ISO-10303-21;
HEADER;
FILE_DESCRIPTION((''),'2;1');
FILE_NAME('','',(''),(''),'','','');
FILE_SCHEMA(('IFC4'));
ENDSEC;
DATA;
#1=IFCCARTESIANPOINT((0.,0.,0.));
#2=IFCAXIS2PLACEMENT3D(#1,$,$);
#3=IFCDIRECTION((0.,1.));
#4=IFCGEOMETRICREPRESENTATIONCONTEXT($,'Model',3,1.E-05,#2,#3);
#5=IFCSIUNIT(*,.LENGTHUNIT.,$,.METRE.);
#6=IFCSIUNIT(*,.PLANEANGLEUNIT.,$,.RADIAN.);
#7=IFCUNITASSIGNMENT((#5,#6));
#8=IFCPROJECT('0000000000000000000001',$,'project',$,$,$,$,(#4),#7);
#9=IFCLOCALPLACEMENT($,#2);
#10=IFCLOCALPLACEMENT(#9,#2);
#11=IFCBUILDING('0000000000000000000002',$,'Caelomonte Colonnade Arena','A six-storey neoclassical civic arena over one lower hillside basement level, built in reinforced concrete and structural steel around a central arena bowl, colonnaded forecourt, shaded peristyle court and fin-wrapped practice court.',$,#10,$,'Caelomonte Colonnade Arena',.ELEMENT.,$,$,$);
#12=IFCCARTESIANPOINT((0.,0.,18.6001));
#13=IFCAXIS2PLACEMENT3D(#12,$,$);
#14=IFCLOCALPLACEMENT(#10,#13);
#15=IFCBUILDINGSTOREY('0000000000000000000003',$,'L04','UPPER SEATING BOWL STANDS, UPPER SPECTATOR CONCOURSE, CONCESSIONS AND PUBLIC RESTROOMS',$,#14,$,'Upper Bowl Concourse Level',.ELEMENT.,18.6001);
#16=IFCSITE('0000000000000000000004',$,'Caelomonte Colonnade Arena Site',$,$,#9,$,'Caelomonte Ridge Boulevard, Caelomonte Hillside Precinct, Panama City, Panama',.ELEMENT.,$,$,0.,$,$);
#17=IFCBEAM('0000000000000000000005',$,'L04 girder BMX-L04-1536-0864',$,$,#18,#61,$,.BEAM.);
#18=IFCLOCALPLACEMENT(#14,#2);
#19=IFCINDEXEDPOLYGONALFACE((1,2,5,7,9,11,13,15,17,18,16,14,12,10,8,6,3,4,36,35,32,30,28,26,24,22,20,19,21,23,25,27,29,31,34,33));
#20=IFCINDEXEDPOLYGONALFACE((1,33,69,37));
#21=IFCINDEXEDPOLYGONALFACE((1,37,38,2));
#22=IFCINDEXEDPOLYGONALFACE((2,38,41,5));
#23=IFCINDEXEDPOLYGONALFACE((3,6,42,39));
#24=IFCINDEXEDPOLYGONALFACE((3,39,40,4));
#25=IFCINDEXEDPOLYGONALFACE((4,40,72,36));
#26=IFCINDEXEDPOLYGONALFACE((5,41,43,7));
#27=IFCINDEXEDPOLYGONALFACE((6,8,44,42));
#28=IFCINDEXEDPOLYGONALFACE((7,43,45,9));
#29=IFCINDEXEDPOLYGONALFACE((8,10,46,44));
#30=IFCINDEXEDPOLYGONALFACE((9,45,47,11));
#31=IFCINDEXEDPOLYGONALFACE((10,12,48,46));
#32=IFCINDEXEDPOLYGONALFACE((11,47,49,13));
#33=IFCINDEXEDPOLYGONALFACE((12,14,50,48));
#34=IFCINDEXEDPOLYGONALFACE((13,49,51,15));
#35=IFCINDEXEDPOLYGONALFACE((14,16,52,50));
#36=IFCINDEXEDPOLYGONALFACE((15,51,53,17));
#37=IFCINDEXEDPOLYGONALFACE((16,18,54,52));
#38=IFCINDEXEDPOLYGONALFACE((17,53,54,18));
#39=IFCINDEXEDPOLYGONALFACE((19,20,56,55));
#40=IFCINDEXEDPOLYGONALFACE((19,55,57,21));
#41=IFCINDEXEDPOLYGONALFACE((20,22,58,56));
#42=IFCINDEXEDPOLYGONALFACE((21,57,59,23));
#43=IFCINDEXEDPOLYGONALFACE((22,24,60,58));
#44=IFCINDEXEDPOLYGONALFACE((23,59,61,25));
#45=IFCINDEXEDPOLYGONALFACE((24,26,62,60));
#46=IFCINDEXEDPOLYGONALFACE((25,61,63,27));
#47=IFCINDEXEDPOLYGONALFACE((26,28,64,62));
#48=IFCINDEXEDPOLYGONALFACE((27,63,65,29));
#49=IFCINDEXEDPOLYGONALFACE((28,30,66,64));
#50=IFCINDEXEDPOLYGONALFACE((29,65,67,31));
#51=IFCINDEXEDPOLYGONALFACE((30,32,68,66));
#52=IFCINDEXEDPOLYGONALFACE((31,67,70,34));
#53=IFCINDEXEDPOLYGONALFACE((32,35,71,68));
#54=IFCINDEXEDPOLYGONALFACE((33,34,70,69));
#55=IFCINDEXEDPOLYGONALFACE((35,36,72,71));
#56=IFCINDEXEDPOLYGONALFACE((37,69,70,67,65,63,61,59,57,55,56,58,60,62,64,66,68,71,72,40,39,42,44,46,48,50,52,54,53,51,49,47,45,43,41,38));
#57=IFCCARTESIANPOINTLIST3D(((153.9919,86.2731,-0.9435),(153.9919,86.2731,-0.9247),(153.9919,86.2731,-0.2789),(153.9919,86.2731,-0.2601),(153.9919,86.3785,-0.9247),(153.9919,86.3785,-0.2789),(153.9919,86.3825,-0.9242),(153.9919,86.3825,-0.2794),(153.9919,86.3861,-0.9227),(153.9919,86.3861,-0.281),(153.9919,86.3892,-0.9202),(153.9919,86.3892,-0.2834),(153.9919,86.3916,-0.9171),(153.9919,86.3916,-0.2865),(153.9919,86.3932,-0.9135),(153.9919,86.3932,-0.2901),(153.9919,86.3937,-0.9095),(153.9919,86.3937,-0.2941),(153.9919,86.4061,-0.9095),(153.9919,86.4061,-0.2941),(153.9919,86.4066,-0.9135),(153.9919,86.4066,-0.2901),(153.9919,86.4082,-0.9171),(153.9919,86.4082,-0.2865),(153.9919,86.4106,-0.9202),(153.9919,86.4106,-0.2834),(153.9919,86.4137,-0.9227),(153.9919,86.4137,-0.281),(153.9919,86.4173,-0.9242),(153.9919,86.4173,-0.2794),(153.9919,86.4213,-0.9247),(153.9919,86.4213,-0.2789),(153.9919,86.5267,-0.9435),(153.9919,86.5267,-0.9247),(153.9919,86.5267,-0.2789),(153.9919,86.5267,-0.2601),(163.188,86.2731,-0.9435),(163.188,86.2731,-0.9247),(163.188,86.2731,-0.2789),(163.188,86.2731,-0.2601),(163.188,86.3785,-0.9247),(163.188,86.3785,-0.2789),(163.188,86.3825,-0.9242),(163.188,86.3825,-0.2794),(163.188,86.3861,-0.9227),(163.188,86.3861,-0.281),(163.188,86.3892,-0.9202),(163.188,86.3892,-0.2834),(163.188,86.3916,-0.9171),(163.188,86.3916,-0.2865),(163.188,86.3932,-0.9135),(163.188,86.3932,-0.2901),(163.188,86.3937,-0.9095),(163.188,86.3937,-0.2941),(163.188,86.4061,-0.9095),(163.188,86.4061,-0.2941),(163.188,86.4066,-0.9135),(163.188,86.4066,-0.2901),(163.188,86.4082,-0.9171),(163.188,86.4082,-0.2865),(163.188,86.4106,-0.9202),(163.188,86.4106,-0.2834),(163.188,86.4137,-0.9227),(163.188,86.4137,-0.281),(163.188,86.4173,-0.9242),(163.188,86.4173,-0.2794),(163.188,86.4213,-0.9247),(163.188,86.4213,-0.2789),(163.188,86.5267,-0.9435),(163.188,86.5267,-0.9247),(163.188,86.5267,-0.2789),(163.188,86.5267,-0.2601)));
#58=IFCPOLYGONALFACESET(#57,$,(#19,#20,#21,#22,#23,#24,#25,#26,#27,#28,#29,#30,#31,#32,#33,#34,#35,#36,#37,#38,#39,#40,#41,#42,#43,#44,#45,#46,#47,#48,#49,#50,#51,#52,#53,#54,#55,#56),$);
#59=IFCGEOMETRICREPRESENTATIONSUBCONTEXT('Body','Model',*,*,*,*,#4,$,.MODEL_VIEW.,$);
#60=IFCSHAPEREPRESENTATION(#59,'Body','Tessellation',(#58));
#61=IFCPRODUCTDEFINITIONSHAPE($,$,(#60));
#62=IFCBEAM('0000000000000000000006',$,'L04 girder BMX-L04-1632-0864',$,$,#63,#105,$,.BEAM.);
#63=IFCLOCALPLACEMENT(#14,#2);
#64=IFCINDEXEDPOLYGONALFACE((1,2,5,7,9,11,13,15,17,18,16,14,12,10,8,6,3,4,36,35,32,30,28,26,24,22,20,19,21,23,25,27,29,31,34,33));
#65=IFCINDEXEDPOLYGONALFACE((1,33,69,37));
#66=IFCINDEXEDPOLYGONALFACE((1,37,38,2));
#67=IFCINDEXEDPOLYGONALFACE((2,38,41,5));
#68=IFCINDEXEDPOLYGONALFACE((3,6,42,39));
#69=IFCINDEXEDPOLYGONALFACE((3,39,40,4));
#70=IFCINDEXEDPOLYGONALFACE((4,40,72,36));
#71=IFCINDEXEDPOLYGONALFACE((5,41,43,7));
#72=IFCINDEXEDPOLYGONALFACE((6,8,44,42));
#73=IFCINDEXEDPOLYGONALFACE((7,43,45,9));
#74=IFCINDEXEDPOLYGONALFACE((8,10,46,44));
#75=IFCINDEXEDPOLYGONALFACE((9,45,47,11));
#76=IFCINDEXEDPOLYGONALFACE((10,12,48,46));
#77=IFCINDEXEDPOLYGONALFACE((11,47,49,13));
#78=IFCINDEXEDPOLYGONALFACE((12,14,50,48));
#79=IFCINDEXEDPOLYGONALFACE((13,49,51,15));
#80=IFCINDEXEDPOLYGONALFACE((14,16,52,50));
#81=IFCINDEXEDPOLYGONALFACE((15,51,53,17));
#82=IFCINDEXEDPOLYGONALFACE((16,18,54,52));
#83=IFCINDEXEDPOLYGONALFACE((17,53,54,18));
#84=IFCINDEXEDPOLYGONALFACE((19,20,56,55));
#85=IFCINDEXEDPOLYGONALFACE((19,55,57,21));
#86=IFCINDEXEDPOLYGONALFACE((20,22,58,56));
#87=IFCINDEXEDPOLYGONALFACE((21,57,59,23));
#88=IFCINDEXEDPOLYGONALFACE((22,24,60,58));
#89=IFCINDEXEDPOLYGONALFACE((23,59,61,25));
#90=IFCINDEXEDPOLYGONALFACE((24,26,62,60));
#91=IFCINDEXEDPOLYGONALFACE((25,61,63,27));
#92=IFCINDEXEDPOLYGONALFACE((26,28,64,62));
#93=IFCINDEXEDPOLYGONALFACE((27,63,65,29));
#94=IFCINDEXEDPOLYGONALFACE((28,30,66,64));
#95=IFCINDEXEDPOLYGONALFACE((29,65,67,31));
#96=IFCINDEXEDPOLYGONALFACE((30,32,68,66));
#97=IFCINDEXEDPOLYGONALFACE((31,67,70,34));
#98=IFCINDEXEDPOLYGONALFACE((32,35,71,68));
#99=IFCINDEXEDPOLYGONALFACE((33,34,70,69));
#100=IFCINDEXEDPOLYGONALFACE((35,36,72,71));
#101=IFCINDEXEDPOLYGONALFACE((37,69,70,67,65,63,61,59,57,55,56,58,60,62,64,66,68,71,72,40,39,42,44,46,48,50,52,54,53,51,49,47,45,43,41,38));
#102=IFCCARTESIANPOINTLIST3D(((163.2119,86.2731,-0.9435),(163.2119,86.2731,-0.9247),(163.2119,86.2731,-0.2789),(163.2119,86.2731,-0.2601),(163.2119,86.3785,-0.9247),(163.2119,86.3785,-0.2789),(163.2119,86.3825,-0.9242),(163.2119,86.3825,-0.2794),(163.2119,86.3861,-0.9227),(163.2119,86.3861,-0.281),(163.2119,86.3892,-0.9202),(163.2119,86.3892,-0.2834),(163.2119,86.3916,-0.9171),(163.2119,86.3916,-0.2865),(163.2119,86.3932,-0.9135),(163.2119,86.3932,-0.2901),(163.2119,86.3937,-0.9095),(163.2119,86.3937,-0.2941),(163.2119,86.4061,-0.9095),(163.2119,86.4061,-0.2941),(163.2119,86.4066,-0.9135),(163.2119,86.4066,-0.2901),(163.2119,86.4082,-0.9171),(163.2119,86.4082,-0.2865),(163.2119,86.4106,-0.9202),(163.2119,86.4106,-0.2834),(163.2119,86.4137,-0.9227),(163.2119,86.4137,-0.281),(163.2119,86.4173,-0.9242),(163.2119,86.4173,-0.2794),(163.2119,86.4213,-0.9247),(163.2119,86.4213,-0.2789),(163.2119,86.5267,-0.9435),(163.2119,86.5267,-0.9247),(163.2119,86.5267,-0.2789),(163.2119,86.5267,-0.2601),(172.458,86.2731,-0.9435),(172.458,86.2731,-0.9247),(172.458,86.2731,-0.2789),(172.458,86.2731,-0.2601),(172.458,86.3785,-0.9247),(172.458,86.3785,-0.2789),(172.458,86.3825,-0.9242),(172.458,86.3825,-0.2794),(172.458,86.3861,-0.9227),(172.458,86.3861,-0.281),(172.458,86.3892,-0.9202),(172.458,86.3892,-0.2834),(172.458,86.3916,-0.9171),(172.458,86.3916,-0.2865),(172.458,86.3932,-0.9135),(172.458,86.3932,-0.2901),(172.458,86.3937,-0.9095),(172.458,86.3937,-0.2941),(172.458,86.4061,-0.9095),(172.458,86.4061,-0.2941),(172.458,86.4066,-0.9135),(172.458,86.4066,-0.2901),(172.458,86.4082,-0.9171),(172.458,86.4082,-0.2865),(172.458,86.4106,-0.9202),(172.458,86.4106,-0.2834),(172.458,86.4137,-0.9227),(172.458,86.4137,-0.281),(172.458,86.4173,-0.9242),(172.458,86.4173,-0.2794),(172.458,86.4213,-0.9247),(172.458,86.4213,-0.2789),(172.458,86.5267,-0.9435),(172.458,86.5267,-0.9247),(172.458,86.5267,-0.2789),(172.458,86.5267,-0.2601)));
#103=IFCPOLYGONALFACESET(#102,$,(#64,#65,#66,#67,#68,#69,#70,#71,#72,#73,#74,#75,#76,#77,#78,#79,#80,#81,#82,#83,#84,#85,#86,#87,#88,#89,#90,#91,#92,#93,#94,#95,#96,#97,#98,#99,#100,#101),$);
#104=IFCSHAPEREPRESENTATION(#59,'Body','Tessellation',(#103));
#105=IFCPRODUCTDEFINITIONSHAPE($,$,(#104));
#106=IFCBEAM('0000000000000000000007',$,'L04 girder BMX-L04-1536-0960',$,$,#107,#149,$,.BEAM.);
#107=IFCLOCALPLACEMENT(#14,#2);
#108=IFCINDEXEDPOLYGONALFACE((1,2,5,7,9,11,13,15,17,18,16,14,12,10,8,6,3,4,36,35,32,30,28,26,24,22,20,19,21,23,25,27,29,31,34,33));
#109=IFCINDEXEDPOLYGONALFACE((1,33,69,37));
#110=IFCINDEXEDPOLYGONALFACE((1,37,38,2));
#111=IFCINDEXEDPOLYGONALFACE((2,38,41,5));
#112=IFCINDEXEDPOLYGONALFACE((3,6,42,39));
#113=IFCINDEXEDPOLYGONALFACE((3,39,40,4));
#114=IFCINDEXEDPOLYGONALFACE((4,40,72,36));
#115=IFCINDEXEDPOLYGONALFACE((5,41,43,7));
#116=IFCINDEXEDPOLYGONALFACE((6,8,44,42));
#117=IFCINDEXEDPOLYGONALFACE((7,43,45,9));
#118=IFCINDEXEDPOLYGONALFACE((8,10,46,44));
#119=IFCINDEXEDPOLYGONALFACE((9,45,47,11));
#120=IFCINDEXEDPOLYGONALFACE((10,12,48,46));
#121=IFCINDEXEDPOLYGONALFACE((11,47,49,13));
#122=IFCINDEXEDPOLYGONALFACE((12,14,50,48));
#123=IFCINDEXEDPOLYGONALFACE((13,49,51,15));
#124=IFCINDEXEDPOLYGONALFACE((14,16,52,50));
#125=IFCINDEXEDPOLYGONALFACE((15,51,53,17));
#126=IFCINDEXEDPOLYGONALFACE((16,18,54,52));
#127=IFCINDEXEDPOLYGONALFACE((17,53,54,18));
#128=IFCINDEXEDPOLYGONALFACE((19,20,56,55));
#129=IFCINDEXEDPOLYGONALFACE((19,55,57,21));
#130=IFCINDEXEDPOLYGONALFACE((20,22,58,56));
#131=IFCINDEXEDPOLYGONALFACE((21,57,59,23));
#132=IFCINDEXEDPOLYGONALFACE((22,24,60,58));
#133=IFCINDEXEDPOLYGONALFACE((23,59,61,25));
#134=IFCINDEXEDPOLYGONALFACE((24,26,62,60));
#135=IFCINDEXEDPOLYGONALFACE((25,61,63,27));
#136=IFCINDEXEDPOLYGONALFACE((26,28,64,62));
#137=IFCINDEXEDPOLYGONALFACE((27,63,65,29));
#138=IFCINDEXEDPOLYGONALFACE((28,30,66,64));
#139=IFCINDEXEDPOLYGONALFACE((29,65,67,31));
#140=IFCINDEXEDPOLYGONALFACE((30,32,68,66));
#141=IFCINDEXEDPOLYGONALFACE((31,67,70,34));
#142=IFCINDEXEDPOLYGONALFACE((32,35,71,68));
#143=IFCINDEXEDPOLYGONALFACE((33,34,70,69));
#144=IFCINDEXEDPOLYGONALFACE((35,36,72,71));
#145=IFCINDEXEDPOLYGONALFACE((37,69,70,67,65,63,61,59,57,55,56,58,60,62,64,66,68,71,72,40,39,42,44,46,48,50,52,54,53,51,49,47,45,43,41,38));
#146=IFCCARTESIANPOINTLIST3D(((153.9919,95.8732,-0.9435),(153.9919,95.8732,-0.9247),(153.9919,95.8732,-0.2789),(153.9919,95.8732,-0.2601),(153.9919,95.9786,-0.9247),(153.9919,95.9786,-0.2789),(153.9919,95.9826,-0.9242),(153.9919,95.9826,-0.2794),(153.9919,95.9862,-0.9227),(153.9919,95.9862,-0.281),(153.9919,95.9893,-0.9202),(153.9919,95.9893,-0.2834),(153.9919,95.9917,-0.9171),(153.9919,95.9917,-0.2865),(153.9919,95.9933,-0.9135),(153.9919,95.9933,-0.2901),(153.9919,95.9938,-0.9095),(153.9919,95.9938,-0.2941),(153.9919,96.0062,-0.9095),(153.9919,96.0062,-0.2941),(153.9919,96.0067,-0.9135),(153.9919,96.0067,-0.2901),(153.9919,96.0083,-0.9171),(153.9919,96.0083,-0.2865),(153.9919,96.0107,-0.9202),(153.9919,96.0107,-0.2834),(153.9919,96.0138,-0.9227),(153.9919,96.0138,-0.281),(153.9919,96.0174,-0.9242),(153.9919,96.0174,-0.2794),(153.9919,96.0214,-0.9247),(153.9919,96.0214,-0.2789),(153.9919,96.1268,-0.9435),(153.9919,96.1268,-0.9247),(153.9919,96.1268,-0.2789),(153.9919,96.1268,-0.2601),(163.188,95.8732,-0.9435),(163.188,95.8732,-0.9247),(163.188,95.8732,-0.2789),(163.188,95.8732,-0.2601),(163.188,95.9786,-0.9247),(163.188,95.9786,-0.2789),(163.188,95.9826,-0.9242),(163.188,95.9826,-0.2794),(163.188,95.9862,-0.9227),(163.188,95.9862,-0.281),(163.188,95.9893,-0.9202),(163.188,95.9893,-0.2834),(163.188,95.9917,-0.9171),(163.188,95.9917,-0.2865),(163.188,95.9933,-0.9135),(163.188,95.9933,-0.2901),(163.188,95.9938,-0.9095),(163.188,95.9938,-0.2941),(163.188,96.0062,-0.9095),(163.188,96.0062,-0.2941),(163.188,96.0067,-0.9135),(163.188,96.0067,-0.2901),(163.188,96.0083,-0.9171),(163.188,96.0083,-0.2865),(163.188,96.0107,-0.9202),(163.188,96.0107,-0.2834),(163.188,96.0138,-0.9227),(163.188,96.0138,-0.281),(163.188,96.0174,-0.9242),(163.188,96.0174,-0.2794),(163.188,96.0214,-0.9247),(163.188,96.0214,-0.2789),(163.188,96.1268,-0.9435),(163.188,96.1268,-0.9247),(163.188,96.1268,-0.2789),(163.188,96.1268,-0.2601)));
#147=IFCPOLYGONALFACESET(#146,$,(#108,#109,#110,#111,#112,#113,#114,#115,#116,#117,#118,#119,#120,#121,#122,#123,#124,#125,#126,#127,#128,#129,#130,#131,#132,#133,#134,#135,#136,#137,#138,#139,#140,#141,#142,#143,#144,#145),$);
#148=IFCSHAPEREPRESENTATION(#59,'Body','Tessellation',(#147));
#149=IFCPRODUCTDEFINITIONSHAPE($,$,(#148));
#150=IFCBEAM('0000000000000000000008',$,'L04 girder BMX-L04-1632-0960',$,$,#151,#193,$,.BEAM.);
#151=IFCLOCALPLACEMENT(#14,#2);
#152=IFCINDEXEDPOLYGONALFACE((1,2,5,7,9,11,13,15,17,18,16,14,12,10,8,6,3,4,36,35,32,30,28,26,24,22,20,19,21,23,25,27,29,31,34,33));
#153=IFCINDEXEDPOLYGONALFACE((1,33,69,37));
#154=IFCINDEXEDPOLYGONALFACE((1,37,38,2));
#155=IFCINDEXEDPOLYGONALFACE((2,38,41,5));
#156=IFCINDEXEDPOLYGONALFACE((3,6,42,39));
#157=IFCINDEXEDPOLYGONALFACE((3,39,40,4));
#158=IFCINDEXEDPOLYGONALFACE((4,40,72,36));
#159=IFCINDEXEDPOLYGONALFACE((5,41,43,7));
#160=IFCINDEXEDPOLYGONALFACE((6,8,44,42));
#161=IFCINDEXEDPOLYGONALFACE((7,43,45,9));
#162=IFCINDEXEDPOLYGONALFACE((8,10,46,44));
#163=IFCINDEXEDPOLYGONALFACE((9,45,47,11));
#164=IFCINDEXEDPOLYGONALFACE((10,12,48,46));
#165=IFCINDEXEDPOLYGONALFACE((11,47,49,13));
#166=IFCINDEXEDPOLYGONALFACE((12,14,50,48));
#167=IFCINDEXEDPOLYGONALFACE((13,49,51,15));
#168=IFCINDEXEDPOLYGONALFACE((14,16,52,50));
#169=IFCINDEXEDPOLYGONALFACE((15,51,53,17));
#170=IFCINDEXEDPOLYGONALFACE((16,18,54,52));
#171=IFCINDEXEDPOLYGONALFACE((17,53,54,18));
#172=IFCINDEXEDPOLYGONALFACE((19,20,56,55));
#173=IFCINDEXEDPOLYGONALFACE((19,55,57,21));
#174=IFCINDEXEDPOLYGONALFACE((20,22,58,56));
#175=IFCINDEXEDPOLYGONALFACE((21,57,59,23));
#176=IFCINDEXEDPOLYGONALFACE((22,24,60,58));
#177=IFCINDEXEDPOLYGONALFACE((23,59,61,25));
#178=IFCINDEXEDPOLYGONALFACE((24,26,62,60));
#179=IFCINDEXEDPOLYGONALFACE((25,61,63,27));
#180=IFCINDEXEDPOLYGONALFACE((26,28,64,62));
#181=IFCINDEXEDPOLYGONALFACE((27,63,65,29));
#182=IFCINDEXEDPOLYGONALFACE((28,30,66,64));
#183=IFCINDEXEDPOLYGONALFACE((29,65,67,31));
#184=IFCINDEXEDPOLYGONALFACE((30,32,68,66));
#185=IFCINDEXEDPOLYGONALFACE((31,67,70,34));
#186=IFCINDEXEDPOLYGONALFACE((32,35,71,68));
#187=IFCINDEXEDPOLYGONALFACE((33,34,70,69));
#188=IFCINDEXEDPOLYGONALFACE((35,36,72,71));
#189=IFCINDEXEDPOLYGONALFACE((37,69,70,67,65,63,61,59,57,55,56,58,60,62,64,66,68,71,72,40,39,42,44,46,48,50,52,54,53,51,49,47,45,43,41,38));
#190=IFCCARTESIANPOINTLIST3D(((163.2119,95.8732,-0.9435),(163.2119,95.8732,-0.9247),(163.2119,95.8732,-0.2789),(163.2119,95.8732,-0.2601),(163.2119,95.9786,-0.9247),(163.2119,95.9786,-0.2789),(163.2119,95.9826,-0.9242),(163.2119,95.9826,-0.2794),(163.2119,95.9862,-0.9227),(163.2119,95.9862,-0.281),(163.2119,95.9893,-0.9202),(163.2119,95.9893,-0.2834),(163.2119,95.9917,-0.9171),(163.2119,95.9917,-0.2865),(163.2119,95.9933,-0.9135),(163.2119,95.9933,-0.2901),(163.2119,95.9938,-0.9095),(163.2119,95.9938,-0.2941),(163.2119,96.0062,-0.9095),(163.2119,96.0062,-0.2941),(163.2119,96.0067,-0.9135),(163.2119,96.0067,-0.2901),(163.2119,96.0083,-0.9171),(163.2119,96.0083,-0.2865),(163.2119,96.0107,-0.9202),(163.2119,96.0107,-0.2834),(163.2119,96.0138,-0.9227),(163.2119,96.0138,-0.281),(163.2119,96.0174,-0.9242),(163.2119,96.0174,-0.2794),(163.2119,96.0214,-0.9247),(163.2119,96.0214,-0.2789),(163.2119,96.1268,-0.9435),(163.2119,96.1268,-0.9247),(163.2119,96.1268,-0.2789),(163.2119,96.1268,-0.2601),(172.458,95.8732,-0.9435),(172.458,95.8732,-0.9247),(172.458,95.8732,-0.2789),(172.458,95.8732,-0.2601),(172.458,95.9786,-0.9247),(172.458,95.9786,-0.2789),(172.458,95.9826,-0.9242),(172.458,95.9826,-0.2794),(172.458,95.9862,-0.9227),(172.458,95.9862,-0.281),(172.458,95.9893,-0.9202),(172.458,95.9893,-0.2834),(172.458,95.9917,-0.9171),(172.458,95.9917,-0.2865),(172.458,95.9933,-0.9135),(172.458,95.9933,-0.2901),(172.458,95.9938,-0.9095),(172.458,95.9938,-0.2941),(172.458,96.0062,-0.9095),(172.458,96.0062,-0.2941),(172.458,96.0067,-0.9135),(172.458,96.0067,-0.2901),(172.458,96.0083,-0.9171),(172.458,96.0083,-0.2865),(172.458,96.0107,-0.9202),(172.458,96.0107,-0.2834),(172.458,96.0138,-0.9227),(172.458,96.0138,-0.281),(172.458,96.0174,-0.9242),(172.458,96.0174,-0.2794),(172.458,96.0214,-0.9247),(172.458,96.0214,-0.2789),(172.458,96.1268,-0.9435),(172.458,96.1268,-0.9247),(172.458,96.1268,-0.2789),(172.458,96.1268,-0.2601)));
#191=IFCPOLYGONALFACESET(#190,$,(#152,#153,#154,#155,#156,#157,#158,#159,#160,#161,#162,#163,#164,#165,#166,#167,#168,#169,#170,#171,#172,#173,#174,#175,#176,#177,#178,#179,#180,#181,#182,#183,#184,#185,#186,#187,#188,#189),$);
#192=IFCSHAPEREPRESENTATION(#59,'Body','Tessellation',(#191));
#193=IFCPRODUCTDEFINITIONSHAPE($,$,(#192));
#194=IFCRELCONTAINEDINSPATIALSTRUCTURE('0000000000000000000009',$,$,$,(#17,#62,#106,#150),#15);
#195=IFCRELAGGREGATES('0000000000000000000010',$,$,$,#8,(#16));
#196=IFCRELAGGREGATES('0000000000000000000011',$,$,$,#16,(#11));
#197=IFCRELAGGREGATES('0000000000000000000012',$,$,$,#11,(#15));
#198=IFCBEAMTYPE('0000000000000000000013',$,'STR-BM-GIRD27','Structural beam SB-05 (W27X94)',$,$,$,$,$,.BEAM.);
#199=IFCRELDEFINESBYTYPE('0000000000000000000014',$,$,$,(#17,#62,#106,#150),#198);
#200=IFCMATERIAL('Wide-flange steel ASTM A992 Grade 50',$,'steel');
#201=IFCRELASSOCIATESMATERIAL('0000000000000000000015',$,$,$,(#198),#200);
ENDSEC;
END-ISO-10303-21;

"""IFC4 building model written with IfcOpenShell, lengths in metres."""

from ifc_helpers import new_model, si_unit, direction, frame, origin, origin_2d, place, context, subcontext, project, spatial, i_section, extrude, material, material_profile, profile_set, type_object, element, save


model = new_model("IFC4")

# Units and contexts
model_context = context("Model", 3, precision=1e-05, world=origin(), true_north=direction((0.0, 1.0)))
body_context = subcontext(model_context, "Body", "Model", "MODEL_VIEW")
ifc_project = project(units=[si_unit("LENGTHUNIT", "METRE"), si_unit("PLANEANGLEUNIT", "RADIAN")], contexts=[model_context])

# Site, building, storey
site_placement = place(None, origin())
site = spatial("IfcSite", under=ifc_project, at=site_placement, Name="Caelomonte Colonnade Arena Site", LongName="Caelomonte Ridge Boulevard, Caelomonte Hillside Precinct, Panama City, Panama", CompositionType="ELEMENT", RefElevation=0.0)
building_placement = place(site_placement, origin())
building = spatial("IfcBuilding", under=site, at=building_placement, Name="Caelomonte Colonnade Arena", Description="A six-storey neoclassical civic arena over one lower hillside basement level, built in reinforced concrete and structural steel around a central arena bowl, colonnaded forecourt, shaded peristyle court and fin-wrapped practice court.", LongName="Caelomonte Colonnade Arena", CompositionType="ELEMENT")
storey_placement = place(building_placement, frame((0.0, 0.0, 18.6001)))
storey = spatial("IfcBuildingStorey", under=building, at=storey_placement, Name="L04", Description="UPPER SEATING BOWL STANDS, UPPER SPECTATOR CONCOURSE, CONCESSIONS AND PUBLIC RESTROOMS", LongName="Upper Bowl Concourse Level", CompositionType="ELEMENT", Elevation=18.6001)

# Shared definitions
ifc_material_1 = material(Name="Wide-flange steel ASTM A992 Grade 50", Category="steel")

# Beams
ifc_material_profile_1 = material_profile(ifc_material_1, i_section(OverallWidth=0.2537, OverallDepth=0.6833, WebThickness=0.0125, FlangeThickness=0.0188, FilletRadius=0.0151, at=origin_2d()), Name="W27X94")
ifc_profile_set_1 = profile_set([ifc_material_profile_1], Name="Wide-flange steel ASTM A992 Grade 50")
beam_type_1 = type_object("IfcBeamType", Name="STR-BM-GIRD27", Description="Structural beam SB-05 (W27X94)", PredefinedType="BEAM", material=ifc_profile_set_1)
beam_1_placement = place(storey_placement, frame((153.9919, 86.3999, -0.6018), z_axis=(1.0, 0.0, 0.0), x_axis=(0.0, 1.0, 0.0)))
element("IfcBeam", 1, at=beam_1_placement, inside=storey, type_object=beam_type_1, Name="L04 girder BMX-L04-1536-0864", PredefinedType="BEAM", context=body_context, shape_type="SweptSolid", body=[
    extrude(i_section(OverallWidth=0.2537, OverallDepth=0.6833, WebThickness=0.0125, FlangeThickness=0.0188, FilletRadius=0.0151, at=origin_2d()), origin(), (0.0, 0.0, 1.0), 9.196),
])
beam_2_placement = place(storey_placement, frame((163.2119, 86.3999, -0.6018), z_axis=(1.0, 0.0, 0.0), x_axis=(0.0, 1.0, 0.0)))
element("IfcBeam", 2, at=beam_2_placement, inside=storey, type_object=beam_type_1, Name="L04 girder BMX-L04-1632-0864", PredefinedType="BEAM", context=body_context, shape_type="SweptSolid", body=[
    extrude(i_section(OverallWidth=0.2537, OverallDepth=0.6833, WebThickness=0.0125, FlangeThickness=0.0188, FilletRadius=0.0151, at=origin_2d()), origin(), (0.0, 0.0, 1.0), 9.2461),
])
beam_3_placement = place(storey_placement, frame((153.9919, 96.0, -0.6018), z_axis=(1.0, 0.0, 0.0), x_axis=(0.0, 1.0, 0.0)))
element("IfcBeam", 3, at=beam_3_placement, inside=storey, type_object=beam_type_1, Name="L04 girder BMX-L04-1536-0960", PredefinedType="BEAM", context=body_context, shape_type="SweptSolid", body=[
    extrude(i_section(OverallWidth=0.2537, OverallDepth=0.6833, WebThickness=0.0125, FlangeThickness=0.0188, FilletRadius=0.0151, at=origin_2d()), origin(), (0.0, 0.0, 1.0), 9.196),
])
beam_4_placement = place(storey_placement, frame((163.2119, 96.0, -0.6018), z_axis=(1.0, 0.0, 0.0), x_axis=(0.0, 1.0, 0.0)))
element("IfcBeam", 4, at=beam_4_placement, inside=storey, type_object=beam_type_1, Name="L04 girder BMX-L04-1632-0960", PredefinedType="BEAM", context=body_context, shape_type="SweptSolid", body=[
    extrude(i_section(OverallWidth=0.2537, OverallDepth=0.6833, WebThickness=0.0125, FlangeThickness=0.0188, FilletRadius=0.0151, at=origin_2d()), origin(), (0.0, 0.0, 1.0), 9.2461),
])

save(model, "model.ifc")
